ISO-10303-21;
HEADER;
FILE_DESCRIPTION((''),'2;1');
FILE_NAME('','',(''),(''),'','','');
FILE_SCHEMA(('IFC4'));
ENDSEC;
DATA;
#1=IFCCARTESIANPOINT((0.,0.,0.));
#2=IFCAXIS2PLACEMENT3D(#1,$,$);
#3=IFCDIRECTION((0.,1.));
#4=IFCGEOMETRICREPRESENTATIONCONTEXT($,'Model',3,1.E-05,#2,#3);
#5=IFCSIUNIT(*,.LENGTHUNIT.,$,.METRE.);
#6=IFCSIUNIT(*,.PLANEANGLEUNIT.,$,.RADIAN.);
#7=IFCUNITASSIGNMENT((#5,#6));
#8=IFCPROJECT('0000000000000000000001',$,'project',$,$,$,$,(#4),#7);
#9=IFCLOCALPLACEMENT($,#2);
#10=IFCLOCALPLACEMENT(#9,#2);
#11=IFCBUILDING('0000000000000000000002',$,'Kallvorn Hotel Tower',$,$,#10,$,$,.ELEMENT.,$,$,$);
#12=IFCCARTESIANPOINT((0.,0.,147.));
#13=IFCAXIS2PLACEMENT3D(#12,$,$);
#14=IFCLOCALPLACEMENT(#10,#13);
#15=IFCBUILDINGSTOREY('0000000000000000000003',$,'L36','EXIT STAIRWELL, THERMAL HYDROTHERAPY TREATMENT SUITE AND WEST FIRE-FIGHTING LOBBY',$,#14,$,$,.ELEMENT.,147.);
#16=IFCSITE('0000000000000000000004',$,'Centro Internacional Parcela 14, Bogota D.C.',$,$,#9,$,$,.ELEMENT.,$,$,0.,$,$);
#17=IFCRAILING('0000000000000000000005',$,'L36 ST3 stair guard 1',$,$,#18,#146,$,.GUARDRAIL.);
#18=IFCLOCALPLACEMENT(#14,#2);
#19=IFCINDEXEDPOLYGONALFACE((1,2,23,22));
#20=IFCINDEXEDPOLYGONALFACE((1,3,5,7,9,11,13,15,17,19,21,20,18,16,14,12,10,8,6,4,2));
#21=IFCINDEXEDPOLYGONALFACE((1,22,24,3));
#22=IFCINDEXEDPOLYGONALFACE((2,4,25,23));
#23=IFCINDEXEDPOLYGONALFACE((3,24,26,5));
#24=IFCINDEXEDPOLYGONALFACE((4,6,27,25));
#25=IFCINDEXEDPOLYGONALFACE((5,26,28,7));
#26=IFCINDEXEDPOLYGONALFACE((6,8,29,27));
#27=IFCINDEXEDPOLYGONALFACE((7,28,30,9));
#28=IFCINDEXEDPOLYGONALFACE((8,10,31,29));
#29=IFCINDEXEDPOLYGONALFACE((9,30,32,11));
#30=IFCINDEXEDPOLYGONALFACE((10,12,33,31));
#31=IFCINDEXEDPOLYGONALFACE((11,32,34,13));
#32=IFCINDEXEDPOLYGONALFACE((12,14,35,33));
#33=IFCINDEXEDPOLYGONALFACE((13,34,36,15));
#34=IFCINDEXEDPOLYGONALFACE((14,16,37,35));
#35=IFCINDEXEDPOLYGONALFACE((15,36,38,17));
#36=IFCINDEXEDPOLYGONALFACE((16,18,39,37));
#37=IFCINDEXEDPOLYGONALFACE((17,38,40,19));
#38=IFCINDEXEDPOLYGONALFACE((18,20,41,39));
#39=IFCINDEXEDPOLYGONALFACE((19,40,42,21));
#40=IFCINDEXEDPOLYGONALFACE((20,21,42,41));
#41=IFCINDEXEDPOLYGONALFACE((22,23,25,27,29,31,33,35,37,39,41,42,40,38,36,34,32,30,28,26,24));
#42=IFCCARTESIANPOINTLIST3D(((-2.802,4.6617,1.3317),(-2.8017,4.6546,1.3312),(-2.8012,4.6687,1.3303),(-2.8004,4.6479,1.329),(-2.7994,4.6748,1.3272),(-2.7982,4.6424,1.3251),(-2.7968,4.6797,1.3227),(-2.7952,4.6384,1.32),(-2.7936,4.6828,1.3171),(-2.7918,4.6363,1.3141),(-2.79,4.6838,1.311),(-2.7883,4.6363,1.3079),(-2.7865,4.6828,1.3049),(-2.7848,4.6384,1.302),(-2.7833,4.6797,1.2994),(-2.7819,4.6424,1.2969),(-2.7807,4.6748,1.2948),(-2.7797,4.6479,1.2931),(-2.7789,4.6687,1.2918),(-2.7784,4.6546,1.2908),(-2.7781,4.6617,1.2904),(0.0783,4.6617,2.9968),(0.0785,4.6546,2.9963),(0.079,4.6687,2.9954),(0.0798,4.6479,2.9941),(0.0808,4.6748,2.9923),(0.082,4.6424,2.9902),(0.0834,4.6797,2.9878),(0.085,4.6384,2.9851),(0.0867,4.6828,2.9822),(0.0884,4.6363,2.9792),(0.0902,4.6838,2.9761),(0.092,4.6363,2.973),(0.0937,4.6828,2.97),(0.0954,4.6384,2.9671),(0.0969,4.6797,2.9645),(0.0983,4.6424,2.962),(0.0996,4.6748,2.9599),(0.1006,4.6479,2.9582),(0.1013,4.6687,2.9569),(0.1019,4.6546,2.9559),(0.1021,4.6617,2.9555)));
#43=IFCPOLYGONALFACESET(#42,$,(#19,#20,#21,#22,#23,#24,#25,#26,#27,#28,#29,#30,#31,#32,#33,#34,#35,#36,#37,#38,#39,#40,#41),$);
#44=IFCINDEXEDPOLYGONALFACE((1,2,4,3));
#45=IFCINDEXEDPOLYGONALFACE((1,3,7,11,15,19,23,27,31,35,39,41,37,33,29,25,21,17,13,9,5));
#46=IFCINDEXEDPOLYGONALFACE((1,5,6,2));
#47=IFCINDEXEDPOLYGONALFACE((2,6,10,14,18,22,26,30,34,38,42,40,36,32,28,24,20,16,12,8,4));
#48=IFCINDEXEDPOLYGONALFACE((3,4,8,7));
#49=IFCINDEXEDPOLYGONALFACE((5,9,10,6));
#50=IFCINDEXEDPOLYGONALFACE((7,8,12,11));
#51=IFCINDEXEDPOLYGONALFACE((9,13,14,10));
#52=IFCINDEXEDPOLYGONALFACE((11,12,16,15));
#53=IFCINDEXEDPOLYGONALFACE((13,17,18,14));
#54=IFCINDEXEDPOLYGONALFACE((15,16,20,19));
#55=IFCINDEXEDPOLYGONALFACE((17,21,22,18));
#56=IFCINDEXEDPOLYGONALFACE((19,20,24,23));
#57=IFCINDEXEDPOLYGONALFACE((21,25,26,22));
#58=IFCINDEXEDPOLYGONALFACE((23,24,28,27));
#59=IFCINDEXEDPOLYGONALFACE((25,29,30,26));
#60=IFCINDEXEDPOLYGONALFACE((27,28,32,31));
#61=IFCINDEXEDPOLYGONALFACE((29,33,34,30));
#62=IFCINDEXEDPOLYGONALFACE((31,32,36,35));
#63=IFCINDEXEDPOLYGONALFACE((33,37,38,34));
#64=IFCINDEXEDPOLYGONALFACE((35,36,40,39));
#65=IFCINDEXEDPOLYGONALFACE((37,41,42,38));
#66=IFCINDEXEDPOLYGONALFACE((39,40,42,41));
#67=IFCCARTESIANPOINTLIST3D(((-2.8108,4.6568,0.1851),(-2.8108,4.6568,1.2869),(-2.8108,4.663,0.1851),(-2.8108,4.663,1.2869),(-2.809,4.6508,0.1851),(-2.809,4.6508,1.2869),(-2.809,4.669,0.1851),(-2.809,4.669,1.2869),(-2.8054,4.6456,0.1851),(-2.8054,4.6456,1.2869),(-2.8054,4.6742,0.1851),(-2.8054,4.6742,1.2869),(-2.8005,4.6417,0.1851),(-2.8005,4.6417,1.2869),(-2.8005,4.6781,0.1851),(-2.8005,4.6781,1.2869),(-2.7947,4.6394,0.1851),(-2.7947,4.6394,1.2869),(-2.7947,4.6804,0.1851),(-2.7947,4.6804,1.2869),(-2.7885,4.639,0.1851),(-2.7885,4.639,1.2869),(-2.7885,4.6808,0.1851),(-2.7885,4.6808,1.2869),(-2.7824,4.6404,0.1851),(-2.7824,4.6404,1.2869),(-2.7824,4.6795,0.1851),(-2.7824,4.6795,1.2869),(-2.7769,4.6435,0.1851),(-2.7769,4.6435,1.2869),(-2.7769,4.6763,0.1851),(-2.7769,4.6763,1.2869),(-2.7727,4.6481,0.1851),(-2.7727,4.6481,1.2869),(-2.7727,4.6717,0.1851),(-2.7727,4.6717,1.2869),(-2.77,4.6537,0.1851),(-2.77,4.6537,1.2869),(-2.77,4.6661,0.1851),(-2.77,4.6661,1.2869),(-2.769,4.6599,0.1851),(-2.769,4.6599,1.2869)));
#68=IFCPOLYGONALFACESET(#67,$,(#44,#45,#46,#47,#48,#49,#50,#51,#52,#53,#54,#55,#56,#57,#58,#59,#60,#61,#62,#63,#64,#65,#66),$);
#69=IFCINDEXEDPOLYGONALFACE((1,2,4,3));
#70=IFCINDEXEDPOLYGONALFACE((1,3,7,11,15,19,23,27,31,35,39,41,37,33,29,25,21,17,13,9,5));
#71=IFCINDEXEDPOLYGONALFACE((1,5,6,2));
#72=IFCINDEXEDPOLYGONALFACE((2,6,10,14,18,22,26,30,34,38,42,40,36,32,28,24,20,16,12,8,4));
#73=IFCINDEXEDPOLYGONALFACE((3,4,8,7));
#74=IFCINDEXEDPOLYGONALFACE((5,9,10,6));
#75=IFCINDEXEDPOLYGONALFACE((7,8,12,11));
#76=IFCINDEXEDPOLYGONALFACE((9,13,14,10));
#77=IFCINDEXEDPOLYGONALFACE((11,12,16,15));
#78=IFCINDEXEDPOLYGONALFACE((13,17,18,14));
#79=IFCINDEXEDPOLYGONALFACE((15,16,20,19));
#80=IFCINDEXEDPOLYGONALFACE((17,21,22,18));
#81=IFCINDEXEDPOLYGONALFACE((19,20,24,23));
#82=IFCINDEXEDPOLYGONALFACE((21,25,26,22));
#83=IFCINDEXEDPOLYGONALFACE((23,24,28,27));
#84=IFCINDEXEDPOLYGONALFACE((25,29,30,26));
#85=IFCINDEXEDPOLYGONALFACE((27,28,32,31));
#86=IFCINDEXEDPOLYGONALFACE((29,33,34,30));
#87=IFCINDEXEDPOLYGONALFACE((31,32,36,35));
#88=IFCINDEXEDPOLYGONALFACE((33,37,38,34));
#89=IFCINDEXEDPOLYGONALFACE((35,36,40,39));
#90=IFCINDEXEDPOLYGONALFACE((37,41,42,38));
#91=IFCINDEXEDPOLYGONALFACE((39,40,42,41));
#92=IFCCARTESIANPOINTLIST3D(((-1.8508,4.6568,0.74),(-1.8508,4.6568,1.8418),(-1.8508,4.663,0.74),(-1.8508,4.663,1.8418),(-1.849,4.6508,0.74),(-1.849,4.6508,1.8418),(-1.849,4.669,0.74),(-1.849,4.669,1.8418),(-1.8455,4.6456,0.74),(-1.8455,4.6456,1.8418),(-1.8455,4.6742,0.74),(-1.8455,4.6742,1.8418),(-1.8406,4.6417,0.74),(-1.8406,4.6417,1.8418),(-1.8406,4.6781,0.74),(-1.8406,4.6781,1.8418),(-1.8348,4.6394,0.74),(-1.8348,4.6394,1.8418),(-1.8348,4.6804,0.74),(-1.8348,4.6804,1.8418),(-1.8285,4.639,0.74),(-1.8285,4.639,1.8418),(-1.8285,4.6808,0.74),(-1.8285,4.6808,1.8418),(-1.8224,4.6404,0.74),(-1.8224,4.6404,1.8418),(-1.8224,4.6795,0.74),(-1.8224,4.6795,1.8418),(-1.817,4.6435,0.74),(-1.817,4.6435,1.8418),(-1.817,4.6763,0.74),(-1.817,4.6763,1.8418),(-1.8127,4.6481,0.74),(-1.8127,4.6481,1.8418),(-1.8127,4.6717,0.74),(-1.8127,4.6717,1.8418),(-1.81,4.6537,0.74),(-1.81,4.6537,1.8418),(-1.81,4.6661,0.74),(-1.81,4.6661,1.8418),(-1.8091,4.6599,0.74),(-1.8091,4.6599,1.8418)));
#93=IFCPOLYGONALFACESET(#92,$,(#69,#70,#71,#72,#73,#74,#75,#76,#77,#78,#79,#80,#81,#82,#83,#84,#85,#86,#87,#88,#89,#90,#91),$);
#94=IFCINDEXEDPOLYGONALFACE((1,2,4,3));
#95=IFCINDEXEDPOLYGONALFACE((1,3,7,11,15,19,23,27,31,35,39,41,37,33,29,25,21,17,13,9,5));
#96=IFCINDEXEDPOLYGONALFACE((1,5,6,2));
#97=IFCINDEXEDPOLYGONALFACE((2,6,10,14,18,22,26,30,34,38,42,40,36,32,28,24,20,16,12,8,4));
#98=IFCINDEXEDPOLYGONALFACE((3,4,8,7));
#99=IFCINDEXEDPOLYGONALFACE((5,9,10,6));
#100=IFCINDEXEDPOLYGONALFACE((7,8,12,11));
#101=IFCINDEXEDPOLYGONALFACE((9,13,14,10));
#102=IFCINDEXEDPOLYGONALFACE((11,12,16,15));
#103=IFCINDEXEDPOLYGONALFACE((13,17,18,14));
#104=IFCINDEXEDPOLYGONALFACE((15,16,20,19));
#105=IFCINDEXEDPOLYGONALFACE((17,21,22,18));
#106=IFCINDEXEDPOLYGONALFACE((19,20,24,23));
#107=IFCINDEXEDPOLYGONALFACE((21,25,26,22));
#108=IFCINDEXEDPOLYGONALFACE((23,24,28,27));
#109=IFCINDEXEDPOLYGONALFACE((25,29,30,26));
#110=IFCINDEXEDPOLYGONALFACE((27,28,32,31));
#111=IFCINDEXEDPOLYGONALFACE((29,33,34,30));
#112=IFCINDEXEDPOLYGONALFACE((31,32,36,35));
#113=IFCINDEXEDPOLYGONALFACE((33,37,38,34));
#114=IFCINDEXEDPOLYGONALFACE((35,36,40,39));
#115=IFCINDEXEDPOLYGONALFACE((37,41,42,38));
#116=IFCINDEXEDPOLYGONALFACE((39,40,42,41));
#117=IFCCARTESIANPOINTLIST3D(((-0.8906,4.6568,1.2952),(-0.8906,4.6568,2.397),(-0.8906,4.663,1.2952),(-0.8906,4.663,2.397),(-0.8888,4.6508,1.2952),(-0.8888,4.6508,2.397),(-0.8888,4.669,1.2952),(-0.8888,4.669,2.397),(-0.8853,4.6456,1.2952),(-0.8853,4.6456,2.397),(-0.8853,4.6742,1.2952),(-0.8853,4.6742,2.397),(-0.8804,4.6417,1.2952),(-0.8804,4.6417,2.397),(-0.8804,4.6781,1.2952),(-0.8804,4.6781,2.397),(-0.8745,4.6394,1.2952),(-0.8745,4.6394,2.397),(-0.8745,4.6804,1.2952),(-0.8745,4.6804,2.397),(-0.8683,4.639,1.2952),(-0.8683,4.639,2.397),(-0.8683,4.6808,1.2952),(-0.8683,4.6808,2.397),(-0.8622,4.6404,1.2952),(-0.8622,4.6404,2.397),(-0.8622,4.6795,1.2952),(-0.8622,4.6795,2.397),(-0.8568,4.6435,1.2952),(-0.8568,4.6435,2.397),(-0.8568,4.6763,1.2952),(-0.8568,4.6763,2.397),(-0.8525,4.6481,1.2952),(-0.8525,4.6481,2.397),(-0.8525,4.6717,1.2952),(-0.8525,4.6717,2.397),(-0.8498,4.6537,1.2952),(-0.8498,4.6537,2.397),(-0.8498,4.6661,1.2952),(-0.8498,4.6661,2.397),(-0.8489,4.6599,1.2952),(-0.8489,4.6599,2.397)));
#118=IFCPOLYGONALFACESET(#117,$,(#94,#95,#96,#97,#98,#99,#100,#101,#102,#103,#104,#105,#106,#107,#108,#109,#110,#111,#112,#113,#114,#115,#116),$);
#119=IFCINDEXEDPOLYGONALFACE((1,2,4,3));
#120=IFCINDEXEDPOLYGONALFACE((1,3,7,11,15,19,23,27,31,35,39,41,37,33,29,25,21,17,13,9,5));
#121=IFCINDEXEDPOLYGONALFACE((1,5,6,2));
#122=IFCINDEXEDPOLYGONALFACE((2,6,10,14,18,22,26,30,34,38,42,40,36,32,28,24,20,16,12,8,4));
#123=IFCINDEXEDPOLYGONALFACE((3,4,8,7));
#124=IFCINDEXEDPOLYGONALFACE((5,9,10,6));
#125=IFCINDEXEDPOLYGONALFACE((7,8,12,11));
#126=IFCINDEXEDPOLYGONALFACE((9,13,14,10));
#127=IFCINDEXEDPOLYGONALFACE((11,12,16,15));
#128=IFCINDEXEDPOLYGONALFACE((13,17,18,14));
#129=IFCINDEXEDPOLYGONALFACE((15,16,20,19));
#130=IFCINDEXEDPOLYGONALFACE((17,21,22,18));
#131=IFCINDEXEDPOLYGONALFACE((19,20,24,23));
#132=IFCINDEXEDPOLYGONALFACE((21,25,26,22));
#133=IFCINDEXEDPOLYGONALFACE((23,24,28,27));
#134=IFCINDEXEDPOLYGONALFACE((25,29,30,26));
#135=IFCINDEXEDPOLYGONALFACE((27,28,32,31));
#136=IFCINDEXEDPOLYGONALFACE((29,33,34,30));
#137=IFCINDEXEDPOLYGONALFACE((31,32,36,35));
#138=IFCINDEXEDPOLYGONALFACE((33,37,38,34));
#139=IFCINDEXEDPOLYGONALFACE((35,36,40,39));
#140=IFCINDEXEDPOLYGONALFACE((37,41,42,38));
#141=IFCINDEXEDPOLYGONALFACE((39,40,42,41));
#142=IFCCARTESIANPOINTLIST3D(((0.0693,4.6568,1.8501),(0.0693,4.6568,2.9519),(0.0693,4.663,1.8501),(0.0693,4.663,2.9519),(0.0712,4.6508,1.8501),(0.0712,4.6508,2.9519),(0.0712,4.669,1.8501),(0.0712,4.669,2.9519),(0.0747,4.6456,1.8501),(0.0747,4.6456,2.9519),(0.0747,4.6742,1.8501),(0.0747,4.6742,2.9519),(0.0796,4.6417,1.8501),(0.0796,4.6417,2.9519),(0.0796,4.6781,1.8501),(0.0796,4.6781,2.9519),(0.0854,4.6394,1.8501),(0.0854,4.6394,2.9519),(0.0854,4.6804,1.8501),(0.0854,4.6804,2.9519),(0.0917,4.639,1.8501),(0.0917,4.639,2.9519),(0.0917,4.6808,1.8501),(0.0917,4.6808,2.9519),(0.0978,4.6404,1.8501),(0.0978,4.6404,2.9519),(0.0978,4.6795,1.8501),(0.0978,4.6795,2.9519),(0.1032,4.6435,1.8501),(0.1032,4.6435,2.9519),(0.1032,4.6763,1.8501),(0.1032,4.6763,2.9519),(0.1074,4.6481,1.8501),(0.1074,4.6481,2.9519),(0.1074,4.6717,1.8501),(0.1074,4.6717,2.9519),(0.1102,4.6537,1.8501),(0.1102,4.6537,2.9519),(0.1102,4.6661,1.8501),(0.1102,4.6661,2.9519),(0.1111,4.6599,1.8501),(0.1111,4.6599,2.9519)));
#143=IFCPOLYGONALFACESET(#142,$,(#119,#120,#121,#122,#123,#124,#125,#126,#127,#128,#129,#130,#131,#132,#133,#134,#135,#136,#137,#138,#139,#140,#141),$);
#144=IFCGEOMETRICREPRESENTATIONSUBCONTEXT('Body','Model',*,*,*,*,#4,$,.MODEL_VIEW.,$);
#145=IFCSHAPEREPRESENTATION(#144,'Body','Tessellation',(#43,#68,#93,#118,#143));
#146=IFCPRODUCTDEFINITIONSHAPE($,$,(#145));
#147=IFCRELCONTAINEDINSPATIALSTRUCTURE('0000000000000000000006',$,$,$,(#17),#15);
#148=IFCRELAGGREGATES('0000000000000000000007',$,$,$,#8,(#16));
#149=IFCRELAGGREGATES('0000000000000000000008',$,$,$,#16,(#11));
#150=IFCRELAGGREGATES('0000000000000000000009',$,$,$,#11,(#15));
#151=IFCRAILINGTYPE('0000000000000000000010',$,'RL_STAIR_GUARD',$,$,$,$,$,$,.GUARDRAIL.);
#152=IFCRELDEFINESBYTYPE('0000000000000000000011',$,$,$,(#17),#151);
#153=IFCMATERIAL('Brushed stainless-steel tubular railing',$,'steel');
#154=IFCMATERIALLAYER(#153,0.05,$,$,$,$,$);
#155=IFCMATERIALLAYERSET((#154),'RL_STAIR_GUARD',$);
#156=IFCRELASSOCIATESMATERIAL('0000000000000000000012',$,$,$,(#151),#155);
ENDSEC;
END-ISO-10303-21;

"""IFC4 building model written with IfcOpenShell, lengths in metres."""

from ifc_helpers import new_model, si_unit, direction, frame, origin, origin_2d, place, context, subcontext, project, spatial, circle, extrude, material, layer, layer_set, type_object, element, save


model = new_model("IFC4")

# Units and contexts
model_context = context("Model", 3, precision=1e-05, world=origin(), true_north=direction((0.0, 1.0)))
body_context = subcontext(model_context, "Body", "Model", "MODEL_VIEW")
ifc_project = project(units=[si_unit("LENGTHUNIT", "METRE"), si_unit("PLANEANGLEUNIT", "RADIAN")], contexts=[model_context])

# Site, building, storey
site_placement = place(None, origin())
site = spatial("IfcSite", under=ifc_project, at=site_placement, Name="Centro Internacional Parcela 14, Bogota D.C.", CompositionType="ELEMENT", RefElevation=0.0)
building_placement = place(site_placement, origin())
building = spatial("IfcBuilding", under=site, at=building_placement, Name="Kallvorn Hotel Tower", CompositionType="ELEMENT")
storey_placement = place(building_placement, frame((0.0, 0.0, 147.0)))
storey = spatial("IfcBuildingStorey", under=building, at=storey_placement, Name="L36", Description="EXIT STAIRWELL, THERMAL HYDROTHERAPY TREATMENT SUITE AND WEST FIRE-FIGHTING LOBBY", CompositionType="ELEMENT", Elevation=147.0)

# Railing
ifc_material_1 = material(Name="Brushed stainless-steel tubular railing", Category="steel")
ifc_layer_1 = layer(ifc_material_1, 0.05)
ifc_layer_set_1 = layer_set([ifc_layer_1], Name="RL_STAIR_GUARD")
railing_type_1 = type_object("IfcRailingType", Name="RL_STAIR_GUARD", PredefinedType="GUARDRAIL", material=ifc_layer_set_1)
railing_1_placement = place(storey_placement, frame((-2.79, 4.6599, 0.1851)))
element("IfcRailing", 1, at=railing_1_placement, inside=storey, type_object=railing_type_1, Name="L36 ST3 stair guard 1", PredefinedType="GUARDRAIL", context=body_context, shape_type="SweptSolid", body=[
    extrude(circle(Radius=0.0239, at=origin_2d()), frame((0.0, 0.0, 1.126), z_axis=(0.865739, 0.0, 0.500495), x_axis=(0.0, 1.0, 0.0)), (0.0, 0.0, 1.0), 3.3269),
    extrude(circle(Radius=0.021, at=origin_2d()), origin(), (0.0, 0.0, 1.0), 1.1018),
    extrude(circle(Radius=0.021, at=origin_2d()), frame((0.96, 0.0, 0.5549)), (0.0, 0.0, 1.0), 1.1018),
    extrude(circle(Radius=0.021, at=origin_2d()), frame((1.9202, 0.0, 1.1101)), (0.0, 0.0, 1.0), 1.1018),
    extrude(circle(Radius=0.021, at=origin_2d()), frame((2.8801, 0.0, 1.665)), (0.0, 0.0, 1.0), 1.1018),
])

save(model, "model.ifc")
